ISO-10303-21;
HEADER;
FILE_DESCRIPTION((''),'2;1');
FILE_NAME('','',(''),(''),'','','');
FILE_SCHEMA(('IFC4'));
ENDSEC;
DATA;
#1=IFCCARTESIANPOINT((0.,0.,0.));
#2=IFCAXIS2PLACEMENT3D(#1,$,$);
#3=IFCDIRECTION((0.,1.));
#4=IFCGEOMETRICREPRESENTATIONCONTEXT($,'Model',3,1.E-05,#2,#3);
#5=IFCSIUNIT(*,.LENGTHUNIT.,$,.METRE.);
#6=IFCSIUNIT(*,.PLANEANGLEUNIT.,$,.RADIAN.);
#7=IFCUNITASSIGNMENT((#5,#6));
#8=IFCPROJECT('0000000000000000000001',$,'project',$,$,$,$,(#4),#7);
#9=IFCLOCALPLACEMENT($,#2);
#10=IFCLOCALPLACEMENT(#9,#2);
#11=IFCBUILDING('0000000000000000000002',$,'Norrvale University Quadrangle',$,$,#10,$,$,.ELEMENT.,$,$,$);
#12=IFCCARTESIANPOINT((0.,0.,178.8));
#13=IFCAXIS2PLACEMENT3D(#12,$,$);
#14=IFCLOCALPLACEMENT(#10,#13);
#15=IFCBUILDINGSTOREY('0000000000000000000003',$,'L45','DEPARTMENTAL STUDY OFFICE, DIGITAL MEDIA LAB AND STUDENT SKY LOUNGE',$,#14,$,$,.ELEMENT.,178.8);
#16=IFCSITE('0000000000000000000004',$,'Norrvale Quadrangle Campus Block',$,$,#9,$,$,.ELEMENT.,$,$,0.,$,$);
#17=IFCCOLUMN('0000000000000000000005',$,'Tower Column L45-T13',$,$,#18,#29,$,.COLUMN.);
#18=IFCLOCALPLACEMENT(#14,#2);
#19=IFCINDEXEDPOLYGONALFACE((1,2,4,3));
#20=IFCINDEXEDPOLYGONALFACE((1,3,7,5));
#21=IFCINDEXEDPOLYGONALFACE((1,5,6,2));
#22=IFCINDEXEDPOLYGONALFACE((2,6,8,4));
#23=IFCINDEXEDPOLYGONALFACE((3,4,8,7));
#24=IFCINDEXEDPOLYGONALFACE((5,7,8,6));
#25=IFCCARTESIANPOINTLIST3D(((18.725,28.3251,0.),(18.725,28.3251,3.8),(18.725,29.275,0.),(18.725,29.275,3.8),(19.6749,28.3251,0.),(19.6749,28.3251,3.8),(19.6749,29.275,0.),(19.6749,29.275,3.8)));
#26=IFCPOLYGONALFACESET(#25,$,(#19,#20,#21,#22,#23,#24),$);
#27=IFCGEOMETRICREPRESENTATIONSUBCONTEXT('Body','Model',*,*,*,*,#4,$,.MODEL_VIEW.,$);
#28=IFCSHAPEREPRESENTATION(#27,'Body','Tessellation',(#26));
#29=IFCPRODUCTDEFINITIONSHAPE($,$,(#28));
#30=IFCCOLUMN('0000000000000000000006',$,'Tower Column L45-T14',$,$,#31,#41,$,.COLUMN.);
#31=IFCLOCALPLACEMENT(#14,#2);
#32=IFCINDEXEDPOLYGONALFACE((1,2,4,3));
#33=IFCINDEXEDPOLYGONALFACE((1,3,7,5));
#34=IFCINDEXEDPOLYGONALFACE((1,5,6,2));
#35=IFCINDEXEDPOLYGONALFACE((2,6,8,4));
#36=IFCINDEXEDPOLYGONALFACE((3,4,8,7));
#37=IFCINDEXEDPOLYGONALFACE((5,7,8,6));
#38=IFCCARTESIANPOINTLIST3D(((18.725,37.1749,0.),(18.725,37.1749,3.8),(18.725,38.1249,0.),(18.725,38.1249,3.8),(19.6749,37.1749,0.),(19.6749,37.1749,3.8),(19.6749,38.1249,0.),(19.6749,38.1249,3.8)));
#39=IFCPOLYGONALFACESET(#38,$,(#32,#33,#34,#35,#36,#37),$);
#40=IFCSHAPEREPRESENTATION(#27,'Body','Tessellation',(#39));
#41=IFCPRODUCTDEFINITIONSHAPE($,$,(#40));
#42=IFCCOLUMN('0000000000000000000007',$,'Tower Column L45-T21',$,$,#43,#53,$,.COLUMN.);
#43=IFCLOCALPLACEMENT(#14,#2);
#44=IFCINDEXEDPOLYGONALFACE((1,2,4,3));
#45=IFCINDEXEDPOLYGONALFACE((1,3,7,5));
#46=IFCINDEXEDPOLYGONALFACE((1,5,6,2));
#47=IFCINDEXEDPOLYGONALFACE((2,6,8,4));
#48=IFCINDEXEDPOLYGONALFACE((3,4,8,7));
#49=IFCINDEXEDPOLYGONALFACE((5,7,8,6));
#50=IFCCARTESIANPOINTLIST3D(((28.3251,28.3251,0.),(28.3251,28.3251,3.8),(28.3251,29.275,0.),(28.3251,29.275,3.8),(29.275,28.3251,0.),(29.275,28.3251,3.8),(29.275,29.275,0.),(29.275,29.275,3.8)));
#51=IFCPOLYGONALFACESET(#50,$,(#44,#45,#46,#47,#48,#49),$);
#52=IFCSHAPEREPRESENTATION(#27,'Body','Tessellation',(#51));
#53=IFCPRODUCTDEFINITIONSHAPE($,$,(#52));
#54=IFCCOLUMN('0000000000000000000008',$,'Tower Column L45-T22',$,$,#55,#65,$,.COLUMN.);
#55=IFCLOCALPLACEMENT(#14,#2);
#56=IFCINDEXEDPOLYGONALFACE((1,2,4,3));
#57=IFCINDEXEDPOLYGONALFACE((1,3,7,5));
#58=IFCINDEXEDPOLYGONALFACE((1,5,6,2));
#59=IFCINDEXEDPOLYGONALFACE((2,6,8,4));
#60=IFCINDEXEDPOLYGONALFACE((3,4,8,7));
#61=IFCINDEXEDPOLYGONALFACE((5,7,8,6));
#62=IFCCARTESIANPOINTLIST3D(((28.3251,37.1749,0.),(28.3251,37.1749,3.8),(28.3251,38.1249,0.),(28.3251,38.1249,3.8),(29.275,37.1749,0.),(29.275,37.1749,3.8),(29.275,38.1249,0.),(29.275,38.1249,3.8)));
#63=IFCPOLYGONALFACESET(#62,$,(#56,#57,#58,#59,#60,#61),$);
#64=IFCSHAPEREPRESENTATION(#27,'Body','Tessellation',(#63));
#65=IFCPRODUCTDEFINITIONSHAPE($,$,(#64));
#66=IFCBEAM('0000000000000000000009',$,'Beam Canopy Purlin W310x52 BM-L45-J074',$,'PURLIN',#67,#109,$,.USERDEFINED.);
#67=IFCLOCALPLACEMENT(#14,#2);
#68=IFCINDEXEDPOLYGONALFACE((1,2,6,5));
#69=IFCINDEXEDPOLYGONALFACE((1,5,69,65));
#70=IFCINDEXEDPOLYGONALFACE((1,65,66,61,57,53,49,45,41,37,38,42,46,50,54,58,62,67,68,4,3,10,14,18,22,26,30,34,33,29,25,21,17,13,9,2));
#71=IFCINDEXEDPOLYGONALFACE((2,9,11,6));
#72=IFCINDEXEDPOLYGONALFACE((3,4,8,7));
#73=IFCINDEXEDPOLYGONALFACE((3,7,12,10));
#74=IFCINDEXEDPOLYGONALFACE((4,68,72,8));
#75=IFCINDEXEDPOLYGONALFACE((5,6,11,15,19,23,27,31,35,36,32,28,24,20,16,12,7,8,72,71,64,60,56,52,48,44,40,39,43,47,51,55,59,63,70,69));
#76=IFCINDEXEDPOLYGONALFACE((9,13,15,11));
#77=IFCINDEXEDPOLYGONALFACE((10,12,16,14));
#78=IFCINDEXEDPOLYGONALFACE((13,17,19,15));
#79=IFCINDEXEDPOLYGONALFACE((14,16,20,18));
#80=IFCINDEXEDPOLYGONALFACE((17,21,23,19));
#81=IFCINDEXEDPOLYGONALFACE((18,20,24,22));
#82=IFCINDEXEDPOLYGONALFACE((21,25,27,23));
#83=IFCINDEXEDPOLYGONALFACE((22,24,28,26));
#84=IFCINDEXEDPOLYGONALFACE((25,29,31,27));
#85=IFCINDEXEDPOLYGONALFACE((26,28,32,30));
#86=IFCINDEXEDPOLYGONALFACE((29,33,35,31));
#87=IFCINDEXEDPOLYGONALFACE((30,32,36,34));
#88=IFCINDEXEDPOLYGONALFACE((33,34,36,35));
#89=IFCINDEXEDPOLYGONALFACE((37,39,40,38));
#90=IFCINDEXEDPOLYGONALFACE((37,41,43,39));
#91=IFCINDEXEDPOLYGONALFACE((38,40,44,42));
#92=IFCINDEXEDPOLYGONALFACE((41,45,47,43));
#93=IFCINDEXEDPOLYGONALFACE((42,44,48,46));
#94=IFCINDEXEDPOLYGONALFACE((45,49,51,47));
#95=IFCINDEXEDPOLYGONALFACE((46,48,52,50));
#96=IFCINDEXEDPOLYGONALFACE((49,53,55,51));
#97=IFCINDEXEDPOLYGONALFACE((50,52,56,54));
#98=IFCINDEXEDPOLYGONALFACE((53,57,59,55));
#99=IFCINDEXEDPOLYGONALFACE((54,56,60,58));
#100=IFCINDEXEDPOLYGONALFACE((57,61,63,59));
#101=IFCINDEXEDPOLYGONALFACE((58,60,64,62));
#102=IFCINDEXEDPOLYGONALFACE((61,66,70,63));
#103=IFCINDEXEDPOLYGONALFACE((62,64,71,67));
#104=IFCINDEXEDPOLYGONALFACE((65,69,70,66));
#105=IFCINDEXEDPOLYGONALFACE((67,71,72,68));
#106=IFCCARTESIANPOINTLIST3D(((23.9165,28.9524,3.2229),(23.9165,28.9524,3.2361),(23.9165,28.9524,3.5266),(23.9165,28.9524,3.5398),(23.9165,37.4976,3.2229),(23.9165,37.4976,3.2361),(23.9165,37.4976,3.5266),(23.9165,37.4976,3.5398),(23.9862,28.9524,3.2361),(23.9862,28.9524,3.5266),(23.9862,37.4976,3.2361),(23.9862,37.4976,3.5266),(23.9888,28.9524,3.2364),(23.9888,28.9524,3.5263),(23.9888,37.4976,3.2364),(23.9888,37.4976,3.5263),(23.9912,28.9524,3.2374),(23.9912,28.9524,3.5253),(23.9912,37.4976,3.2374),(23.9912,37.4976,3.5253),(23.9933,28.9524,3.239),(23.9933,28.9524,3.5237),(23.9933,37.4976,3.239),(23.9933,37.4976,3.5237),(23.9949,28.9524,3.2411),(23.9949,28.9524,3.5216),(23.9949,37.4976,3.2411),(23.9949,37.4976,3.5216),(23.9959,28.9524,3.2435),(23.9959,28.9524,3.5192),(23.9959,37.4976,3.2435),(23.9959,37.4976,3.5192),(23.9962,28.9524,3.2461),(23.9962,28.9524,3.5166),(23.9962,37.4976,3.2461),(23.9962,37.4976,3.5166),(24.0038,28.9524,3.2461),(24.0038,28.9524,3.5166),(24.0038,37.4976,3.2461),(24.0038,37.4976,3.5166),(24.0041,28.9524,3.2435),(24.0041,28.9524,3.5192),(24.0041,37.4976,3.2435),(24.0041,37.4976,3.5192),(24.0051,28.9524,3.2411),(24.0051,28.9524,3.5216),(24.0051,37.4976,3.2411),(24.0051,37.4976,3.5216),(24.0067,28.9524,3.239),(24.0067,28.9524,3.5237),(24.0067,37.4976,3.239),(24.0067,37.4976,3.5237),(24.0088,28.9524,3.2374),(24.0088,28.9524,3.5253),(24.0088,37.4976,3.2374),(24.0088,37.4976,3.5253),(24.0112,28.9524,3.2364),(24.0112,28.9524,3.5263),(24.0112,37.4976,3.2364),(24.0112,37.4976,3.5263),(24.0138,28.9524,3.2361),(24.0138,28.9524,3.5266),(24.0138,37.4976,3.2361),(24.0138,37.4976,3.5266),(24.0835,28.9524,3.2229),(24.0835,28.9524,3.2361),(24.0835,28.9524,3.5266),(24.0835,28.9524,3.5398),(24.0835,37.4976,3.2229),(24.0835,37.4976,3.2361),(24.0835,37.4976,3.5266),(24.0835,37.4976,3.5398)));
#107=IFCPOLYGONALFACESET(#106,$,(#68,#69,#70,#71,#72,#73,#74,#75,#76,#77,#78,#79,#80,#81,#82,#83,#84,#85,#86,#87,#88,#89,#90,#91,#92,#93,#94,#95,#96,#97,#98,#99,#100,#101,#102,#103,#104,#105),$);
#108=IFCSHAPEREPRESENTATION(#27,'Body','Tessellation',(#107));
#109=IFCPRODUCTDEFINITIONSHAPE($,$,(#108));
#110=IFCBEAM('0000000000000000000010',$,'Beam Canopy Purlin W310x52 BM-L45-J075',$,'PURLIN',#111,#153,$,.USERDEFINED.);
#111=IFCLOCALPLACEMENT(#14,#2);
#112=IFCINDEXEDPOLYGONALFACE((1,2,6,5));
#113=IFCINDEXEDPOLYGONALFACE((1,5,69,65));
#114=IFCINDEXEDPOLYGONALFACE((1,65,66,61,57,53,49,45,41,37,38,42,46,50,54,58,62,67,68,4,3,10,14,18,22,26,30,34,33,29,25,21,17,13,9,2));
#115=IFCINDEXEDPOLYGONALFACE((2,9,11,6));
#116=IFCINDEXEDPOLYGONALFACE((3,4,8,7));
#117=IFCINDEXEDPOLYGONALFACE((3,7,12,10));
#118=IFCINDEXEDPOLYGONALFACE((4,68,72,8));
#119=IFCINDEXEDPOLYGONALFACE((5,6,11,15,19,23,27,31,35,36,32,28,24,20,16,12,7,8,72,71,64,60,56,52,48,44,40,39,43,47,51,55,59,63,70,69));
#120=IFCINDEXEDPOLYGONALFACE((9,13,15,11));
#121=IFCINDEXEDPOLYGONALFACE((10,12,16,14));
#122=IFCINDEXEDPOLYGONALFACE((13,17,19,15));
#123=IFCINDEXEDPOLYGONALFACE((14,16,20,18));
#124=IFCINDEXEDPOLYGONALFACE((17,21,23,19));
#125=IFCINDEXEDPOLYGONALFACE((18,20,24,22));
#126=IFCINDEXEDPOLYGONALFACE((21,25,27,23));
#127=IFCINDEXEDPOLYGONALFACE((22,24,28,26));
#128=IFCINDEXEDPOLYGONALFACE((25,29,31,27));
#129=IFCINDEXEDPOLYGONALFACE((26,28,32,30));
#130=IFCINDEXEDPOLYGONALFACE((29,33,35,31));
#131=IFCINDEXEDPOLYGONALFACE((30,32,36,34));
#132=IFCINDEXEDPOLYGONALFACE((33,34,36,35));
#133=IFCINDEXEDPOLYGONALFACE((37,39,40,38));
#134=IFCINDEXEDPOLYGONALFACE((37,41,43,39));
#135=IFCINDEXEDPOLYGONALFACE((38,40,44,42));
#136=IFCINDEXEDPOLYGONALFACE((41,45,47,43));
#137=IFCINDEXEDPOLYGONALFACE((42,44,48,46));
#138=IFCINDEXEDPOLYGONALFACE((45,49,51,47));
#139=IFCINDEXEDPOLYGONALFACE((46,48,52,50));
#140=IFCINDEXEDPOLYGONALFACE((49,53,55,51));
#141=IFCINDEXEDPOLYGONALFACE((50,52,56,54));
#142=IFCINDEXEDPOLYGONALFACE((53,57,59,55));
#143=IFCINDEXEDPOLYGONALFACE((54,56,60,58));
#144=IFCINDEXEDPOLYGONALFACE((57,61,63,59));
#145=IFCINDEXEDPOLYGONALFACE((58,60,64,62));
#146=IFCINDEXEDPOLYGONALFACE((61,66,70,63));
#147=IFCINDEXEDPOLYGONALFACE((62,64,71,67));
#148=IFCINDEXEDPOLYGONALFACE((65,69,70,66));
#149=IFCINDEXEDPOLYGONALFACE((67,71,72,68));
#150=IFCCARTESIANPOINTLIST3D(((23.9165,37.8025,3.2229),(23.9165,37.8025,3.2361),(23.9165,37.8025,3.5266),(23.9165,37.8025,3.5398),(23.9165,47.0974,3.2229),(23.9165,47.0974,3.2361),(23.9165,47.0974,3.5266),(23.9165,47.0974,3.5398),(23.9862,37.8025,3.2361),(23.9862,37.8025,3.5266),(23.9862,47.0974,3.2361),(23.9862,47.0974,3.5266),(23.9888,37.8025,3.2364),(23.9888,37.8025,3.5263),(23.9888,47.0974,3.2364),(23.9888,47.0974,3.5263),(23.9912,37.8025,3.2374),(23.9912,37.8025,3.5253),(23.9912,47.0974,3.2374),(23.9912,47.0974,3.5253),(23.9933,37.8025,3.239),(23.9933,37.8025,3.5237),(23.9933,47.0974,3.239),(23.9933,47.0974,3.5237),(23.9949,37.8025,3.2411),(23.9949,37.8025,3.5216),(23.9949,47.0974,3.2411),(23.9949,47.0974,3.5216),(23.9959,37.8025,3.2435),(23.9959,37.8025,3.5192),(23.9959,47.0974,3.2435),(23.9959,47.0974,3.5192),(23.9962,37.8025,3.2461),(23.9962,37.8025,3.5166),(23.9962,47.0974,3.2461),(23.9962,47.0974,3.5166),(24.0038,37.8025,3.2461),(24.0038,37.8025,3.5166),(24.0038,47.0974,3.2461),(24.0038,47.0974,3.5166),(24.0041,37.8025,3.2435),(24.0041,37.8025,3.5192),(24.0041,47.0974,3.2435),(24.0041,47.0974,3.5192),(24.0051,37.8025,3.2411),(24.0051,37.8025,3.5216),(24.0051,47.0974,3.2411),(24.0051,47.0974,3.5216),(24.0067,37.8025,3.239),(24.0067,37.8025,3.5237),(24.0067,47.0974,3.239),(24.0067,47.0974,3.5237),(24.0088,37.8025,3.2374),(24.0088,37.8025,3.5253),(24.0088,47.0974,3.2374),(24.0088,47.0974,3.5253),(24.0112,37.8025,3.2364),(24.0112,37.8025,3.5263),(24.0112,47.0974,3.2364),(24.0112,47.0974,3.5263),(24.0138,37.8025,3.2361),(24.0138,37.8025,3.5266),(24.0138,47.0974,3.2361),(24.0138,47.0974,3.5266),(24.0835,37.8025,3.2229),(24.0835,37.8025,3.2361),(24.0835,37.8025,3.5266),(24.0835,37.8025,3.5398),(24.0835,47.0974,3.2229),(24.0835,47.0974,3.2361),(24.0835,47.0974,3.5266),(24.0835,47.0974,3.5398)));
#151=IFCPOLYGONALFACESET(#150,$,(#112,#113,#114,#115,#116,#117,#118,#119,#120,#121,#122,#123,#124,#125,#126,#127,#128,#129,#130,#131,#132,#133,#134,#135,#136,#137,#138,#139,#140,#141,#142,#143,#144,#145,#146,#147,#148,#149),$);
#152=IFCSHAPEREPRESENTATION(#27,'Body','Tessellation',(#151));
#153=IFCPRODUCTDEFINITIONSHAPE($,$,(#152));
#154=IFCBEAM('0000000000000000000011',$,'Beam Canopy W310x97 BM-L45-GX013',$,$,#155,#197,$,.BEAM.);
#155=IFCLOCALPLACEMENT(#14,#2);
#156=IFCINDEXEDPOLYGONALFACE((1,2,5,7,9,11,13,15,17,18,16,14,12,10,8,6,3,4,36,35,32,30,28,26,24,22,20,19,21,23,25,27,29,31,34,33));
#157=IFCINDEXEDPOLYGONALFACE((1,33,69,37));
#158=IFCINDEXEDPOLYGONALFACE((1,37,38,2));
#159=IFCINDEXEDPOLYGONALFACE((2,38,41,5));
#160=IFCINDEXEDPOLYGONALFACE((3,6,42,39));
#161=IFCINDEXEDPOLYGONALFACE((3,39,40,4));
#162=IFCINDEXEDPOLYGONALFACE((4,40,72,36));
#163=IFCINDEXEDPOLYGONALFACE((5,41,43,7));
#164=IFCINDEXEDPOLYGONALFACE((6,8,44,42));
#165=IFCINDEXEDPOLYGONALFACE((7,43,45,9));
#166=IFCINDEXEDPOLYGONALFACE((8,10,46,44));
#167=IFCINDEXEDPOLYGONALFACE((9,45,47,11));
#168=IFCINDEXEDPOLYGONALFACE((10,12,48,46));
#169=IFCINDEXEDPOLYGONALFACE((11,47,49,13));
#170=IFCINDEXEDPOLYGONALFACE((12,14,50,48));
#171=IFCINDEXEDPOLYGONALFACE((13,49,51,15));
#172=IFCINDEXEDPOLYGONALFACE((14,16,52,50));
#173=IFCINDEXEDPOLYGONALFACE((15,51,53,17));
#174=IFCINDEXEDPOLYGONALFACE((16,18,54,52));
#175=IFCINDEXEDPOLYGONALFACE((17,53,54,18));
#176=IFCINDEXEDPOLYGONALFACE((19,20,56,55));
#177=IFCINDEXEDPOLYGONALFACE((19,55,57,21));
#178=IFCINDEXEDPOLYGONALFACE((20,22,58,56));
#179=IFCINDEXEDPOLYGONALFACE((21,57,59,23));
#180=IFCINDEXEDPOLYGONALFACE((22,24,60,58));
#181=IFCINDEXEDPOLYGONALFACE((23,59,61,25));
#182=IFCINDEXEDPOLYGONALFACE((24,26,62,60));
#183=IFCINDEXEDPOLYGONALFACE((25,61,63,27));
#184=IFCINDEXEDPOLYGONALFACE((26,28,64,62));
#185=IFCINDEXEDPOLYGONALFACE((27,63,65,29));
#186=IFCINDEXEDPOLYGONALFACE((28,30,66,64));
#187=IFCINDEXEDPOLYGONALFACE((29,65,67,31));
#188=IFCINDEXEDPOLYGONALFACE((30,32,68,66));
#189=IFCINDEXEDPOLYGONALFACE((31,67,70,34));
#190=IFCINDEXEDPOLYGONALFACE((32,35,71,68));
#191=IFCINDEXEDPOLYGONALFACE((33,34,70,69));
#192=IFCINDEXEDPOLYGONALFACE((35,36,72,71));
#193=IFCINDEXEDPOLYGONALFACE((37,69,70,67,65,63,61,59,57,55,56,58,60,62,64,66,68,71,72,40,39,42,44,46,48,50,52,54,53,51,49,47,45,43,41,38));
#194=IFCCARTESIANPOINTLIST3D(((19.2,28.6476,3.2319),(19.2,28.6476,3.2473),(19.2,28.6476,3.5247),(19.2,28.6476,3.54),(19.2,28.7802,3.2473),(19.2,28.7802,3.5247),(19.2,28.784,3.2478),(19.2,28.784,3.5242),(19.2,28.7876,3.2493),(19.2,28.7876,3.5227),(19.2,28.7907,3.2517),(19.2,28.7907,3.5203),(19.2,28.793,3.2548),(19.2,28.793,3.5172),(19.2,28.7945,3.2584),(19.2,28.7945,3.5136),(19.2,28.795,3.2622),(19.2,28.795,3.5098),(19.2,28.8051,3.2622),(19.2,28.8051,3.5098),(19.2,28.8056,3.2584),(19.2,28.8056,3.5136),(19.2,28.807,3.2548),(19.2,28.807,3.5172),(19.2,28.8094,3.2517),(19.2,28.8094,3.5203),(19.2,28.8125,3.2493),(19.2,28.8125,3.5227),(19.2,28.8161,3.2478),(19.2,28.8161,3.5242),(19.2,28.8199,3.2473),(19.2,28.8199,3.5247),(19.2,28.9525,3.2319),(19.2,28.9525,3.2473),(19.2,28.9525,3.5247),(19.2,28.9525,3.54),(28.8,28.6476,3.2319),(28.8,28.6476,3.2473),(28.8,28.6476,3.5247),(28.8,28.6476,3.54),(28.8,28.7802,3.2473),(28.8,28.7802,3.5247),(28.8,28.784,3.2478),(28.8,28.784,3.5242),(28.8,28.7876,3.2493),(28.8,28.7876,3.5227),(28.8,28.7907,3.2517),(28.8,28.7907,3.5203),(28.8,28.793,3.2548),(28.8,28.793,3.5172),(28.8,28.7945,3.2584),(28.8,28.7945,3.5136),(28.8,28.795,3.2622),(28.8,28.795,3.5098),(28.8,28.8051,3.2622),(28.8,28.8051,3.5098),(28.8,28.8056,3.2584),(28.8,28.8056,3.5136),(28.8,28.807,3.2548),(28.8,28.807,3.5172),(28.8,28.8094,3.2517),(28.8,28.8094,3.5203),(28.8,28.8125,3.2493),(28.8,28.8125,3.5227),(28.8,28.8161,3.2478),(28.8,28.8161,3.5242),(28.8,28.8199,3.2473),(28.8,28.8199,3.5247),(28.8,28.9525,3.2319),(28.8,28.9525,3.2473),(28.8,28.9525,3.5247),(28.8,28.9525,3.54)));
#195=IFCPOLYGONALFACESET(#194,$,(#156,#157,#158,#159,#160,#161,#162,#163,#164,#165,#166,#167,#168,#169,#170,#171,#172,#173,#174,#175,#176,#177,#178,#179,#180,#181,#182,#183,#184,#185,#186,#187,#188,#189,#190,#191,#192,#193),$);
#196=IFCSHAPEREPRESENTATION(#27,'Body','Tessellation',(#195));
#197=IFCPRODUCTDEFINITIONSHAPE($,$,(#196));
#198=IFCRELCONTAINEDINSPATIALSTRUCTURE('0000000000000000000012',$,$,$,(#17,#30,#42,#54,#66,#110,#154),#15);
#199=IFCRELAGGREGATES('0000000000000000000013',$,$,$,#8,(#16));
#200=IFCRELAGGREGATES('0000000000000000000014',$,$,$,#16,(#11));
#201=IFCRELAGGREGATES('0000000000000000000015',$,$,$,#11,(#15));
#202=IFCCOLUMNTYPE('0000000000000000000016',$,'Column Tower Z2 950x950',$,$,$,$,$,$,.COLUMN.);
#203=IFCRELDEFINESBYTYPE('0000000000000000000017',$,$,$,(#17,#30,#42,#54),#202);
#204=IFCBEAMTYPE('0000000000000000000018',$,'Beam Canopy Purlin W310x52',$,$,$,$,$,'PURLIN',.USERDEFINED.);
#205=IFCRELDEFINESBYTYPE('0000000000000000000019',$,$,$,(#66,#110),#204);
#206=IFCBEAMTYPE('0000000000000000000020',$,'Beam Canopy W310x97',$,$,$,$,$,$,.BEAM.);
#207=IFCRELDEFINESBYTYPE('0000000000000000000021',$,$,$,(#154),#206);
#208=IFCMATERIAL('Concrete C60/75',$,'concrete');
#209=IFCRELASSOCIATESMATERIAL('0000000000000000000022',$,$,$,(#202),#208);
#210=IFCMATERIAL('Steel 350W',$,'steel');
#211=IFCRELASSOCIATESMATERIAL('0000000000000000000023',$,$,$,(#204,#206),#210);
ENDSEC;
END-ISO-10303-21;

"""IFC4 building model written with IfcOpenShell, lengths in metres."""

from ifc_helpers import new_model, si_unit, direction, frame, origin, origin_2d, place, context, subcontext, project, spatial, rectangle, i_section, extrude, material, material_profile, profile_set, type_object, element, save


model = new_model("IFC4")

# Units and contexts
model_context = context("Model", 3, precision=1e-05, world=origin(), true_north=direction((0.0, 1.0)))
body_context = subcontext(model_context, "Body", "Model", "MODEL_VIEW")
ifc_project = project(units=[si_unit("LENGTHUNIT", "METRE"), si_unit("PLANEANGLEUNIT", "RADIAN")], contexts=[model_context])

# Site, building, storey
site_placement = place(None, origin())
site = spatial("IfcSite", under=ifc_project, at=site_placement, Name="Norrvale Quadrangle Campus Block", CompositionType="ELEMENT", RefElevation=0.0)
building_placement = place(site_placement, origin())
building = spatial("IfcBuilding", under=site, at=building_placement, Name="Norrvale University Quadrangle", CompositionType="ELEMENT")
storey_placement = place(building_placement, frame((0.0, 0.0, 178.8)))
storey = spatial("IfcBuildingStorey", under=building, at=storey_placement, Name="L45", Description="DEPARTMENTAL STUDY OFFICE, DIGITAL MEDIA LAB AND STUDENT SKY LOUNGE", CompositionType="ELEMENT", Elevation=178.8)

# Columns
ifc_material_1 = material(Name="Concrete C60/75", Category="concrete")
ifc_material_profile_1 = material_profile(ifc_material_1, rectangle(XDim=0.95, YDim=0.95, at=origin_2d()), Name="Concrete C60/75")
ifc_profile_set_1 = profile_set([ifc_material_profile_1], Name="Concrete C60/75")
column_type = type_object("IfcColumnType", Name="Column Tower Z2 950x950", PredefinedType="COLUMN", material=ifc_profile_set_1)
for number, where, z_axis, x_axis, name in (
    (1, (19.2, 28.8, 0.0), (0.0, 0.0, 1.0), (1.0, 0.0, 0.0), "Tower Column L45-T13"),
    (2, (19.2, 37.6499, 0.0), (0.0, 0.0, 1.0), (1.0, 0.0, 0.0), "Tower Column L45-T14"),
    (3, (28.8, 28.8, 0.0), (0.0, 0.0, 1.0), (1.0, 0.0, 0.0), "Tower Column L45-T21"),
    (4, (28.8, 37.6499, 0.0), (0.0, 0.0, 1.0), (1.0, 0.0, 0.0), "Tower Column L45-T22"),
):
    element("IfcColumn", number, at=place(storey_placement, frame(where, z_axis=z_axis, x_axis=x_axis)), inside=storey, type_object=column_type, Name=name, PredefinedType="COLUMN", context=body_context, shape_type="SweptSolid", body=[
        extrude(rectangle(XDim=0.95, YDim=0.95, at=origin_2d()), origin(), (0.0, 0.0, 1.0), 3.8),
    ])

# Beams
ifc_material_2 = material(Name="Steel 350W", Category="steel")
ifc_material_profile_2 = material_profile(ifc_material_2, i_section(OverallWidth=0.167, OverallDepth=0.3169, WebThickness=0.0076, FlangeThickness=0.0132, FilletRadius=0.01, at=origin_2d()), Name="Steel 350W")
ifc_profile_set_2 = profile_set([ifc_material_profile_2], Name="Steel 350W")
beam_type_1 = type_object("IfcBeamType", Name="Beam Canopy Purlin W310x52", ElementType="PURLIN", PredefinedType="USERDEFINED", material=ifc_profile_set_2)
beam_1_placement = place(storey_placement, frame((24.0, 28.9524, 3.3813), z_axis=(0.0, 1.0, 0.0), x_axis=(-1.0, 0.0, 0.0)))
element("IfcBeam", 5, at=beam_1_placement, inside=storey, type_object=beam_type_1, Name="Beam Canopy Purlin W310x52 BM-L45-J074", ObjectType="PURLIN", PredefinedType="USERDEFINED", context=body_context, shape_type="SweptSolid", body=[
    extrude(i_section(OverallWidth=0.167, OverallDepth=0.3169, WebThickness=0.0076, FlangeThickness=0.0132, FilletRadius=0.01, at=origin_2d()), origin(), (0.0, 0.0, 1.0), 8.5452),
])
beam_2_placement = place(storey_placement, frame((24.0, 37.8025, 3.3813), z_axis=(0.0, 1.0, 0.0), x_axis=(-1.0, 0.0, 0.0)))
element("IfcBeam", 6, at=beam_2_placement, inside=storey, type_object=beam_type_1, Name="Beam Canopy Purlin W310x52 BM-L45-J075", ObjectType="PURLIN", PredefinedType="USERDEFINED", context=body_context, shape_type="SweptSolid", body=[
    extrude(i_section(OverallWidth=0.167, OverallDepth=0.3169, WebThickness=0.0076, FlangeThickness=0.0132, FilletRadius=0.01, at=origin_2d()), origin(), (0.0, 0.0, 1.0), 9.2949),
])
ifc_material_profile_3 = material_profile(ifc_material_2, i_section(OverallWidth=0.3049, OverallDepth=0.3081, WebThickness=0.01, FlangeThickness=0.0154, FilletRadius=0.0149, at=origin_2d()), Name="Steel 350W")
ifc_profile_set_3 = profile_set([ifc_material_profile_3], Name="Steel 350W")
beam_type_2 = type_object("IfcBeamType", Name="Beam Canopy W310x97", PredefinedType="BEAM", material=ifc_profile_set_3)
beam_3_placement = place(storey_placement, frame((19.2, 28.8, 3.386), z_axis=(1.0, 0.0, 0.0), x_axis=(0.0, 1.0, 0.0)))
element("IfcBeam", 7, at=beam_3_placement, inside=storey, type_object=beam_type_2, Name="Beam Canopy W310x97 BM-L45-GX013", PredefinedType="BEAM", context=body_context, shape_type="SweptSolid", body=[
    extrude(i_section(OverallWidth=0.3049, OverallDepth=0.3081, WebThickness=0.01, FlangeThickness=0.0154, FilletRadius=0.0149, at=origin_2d()), origin(), (0.0, 0.0, 1.0), 9.6001),
])

save(model, "model.ifc")
